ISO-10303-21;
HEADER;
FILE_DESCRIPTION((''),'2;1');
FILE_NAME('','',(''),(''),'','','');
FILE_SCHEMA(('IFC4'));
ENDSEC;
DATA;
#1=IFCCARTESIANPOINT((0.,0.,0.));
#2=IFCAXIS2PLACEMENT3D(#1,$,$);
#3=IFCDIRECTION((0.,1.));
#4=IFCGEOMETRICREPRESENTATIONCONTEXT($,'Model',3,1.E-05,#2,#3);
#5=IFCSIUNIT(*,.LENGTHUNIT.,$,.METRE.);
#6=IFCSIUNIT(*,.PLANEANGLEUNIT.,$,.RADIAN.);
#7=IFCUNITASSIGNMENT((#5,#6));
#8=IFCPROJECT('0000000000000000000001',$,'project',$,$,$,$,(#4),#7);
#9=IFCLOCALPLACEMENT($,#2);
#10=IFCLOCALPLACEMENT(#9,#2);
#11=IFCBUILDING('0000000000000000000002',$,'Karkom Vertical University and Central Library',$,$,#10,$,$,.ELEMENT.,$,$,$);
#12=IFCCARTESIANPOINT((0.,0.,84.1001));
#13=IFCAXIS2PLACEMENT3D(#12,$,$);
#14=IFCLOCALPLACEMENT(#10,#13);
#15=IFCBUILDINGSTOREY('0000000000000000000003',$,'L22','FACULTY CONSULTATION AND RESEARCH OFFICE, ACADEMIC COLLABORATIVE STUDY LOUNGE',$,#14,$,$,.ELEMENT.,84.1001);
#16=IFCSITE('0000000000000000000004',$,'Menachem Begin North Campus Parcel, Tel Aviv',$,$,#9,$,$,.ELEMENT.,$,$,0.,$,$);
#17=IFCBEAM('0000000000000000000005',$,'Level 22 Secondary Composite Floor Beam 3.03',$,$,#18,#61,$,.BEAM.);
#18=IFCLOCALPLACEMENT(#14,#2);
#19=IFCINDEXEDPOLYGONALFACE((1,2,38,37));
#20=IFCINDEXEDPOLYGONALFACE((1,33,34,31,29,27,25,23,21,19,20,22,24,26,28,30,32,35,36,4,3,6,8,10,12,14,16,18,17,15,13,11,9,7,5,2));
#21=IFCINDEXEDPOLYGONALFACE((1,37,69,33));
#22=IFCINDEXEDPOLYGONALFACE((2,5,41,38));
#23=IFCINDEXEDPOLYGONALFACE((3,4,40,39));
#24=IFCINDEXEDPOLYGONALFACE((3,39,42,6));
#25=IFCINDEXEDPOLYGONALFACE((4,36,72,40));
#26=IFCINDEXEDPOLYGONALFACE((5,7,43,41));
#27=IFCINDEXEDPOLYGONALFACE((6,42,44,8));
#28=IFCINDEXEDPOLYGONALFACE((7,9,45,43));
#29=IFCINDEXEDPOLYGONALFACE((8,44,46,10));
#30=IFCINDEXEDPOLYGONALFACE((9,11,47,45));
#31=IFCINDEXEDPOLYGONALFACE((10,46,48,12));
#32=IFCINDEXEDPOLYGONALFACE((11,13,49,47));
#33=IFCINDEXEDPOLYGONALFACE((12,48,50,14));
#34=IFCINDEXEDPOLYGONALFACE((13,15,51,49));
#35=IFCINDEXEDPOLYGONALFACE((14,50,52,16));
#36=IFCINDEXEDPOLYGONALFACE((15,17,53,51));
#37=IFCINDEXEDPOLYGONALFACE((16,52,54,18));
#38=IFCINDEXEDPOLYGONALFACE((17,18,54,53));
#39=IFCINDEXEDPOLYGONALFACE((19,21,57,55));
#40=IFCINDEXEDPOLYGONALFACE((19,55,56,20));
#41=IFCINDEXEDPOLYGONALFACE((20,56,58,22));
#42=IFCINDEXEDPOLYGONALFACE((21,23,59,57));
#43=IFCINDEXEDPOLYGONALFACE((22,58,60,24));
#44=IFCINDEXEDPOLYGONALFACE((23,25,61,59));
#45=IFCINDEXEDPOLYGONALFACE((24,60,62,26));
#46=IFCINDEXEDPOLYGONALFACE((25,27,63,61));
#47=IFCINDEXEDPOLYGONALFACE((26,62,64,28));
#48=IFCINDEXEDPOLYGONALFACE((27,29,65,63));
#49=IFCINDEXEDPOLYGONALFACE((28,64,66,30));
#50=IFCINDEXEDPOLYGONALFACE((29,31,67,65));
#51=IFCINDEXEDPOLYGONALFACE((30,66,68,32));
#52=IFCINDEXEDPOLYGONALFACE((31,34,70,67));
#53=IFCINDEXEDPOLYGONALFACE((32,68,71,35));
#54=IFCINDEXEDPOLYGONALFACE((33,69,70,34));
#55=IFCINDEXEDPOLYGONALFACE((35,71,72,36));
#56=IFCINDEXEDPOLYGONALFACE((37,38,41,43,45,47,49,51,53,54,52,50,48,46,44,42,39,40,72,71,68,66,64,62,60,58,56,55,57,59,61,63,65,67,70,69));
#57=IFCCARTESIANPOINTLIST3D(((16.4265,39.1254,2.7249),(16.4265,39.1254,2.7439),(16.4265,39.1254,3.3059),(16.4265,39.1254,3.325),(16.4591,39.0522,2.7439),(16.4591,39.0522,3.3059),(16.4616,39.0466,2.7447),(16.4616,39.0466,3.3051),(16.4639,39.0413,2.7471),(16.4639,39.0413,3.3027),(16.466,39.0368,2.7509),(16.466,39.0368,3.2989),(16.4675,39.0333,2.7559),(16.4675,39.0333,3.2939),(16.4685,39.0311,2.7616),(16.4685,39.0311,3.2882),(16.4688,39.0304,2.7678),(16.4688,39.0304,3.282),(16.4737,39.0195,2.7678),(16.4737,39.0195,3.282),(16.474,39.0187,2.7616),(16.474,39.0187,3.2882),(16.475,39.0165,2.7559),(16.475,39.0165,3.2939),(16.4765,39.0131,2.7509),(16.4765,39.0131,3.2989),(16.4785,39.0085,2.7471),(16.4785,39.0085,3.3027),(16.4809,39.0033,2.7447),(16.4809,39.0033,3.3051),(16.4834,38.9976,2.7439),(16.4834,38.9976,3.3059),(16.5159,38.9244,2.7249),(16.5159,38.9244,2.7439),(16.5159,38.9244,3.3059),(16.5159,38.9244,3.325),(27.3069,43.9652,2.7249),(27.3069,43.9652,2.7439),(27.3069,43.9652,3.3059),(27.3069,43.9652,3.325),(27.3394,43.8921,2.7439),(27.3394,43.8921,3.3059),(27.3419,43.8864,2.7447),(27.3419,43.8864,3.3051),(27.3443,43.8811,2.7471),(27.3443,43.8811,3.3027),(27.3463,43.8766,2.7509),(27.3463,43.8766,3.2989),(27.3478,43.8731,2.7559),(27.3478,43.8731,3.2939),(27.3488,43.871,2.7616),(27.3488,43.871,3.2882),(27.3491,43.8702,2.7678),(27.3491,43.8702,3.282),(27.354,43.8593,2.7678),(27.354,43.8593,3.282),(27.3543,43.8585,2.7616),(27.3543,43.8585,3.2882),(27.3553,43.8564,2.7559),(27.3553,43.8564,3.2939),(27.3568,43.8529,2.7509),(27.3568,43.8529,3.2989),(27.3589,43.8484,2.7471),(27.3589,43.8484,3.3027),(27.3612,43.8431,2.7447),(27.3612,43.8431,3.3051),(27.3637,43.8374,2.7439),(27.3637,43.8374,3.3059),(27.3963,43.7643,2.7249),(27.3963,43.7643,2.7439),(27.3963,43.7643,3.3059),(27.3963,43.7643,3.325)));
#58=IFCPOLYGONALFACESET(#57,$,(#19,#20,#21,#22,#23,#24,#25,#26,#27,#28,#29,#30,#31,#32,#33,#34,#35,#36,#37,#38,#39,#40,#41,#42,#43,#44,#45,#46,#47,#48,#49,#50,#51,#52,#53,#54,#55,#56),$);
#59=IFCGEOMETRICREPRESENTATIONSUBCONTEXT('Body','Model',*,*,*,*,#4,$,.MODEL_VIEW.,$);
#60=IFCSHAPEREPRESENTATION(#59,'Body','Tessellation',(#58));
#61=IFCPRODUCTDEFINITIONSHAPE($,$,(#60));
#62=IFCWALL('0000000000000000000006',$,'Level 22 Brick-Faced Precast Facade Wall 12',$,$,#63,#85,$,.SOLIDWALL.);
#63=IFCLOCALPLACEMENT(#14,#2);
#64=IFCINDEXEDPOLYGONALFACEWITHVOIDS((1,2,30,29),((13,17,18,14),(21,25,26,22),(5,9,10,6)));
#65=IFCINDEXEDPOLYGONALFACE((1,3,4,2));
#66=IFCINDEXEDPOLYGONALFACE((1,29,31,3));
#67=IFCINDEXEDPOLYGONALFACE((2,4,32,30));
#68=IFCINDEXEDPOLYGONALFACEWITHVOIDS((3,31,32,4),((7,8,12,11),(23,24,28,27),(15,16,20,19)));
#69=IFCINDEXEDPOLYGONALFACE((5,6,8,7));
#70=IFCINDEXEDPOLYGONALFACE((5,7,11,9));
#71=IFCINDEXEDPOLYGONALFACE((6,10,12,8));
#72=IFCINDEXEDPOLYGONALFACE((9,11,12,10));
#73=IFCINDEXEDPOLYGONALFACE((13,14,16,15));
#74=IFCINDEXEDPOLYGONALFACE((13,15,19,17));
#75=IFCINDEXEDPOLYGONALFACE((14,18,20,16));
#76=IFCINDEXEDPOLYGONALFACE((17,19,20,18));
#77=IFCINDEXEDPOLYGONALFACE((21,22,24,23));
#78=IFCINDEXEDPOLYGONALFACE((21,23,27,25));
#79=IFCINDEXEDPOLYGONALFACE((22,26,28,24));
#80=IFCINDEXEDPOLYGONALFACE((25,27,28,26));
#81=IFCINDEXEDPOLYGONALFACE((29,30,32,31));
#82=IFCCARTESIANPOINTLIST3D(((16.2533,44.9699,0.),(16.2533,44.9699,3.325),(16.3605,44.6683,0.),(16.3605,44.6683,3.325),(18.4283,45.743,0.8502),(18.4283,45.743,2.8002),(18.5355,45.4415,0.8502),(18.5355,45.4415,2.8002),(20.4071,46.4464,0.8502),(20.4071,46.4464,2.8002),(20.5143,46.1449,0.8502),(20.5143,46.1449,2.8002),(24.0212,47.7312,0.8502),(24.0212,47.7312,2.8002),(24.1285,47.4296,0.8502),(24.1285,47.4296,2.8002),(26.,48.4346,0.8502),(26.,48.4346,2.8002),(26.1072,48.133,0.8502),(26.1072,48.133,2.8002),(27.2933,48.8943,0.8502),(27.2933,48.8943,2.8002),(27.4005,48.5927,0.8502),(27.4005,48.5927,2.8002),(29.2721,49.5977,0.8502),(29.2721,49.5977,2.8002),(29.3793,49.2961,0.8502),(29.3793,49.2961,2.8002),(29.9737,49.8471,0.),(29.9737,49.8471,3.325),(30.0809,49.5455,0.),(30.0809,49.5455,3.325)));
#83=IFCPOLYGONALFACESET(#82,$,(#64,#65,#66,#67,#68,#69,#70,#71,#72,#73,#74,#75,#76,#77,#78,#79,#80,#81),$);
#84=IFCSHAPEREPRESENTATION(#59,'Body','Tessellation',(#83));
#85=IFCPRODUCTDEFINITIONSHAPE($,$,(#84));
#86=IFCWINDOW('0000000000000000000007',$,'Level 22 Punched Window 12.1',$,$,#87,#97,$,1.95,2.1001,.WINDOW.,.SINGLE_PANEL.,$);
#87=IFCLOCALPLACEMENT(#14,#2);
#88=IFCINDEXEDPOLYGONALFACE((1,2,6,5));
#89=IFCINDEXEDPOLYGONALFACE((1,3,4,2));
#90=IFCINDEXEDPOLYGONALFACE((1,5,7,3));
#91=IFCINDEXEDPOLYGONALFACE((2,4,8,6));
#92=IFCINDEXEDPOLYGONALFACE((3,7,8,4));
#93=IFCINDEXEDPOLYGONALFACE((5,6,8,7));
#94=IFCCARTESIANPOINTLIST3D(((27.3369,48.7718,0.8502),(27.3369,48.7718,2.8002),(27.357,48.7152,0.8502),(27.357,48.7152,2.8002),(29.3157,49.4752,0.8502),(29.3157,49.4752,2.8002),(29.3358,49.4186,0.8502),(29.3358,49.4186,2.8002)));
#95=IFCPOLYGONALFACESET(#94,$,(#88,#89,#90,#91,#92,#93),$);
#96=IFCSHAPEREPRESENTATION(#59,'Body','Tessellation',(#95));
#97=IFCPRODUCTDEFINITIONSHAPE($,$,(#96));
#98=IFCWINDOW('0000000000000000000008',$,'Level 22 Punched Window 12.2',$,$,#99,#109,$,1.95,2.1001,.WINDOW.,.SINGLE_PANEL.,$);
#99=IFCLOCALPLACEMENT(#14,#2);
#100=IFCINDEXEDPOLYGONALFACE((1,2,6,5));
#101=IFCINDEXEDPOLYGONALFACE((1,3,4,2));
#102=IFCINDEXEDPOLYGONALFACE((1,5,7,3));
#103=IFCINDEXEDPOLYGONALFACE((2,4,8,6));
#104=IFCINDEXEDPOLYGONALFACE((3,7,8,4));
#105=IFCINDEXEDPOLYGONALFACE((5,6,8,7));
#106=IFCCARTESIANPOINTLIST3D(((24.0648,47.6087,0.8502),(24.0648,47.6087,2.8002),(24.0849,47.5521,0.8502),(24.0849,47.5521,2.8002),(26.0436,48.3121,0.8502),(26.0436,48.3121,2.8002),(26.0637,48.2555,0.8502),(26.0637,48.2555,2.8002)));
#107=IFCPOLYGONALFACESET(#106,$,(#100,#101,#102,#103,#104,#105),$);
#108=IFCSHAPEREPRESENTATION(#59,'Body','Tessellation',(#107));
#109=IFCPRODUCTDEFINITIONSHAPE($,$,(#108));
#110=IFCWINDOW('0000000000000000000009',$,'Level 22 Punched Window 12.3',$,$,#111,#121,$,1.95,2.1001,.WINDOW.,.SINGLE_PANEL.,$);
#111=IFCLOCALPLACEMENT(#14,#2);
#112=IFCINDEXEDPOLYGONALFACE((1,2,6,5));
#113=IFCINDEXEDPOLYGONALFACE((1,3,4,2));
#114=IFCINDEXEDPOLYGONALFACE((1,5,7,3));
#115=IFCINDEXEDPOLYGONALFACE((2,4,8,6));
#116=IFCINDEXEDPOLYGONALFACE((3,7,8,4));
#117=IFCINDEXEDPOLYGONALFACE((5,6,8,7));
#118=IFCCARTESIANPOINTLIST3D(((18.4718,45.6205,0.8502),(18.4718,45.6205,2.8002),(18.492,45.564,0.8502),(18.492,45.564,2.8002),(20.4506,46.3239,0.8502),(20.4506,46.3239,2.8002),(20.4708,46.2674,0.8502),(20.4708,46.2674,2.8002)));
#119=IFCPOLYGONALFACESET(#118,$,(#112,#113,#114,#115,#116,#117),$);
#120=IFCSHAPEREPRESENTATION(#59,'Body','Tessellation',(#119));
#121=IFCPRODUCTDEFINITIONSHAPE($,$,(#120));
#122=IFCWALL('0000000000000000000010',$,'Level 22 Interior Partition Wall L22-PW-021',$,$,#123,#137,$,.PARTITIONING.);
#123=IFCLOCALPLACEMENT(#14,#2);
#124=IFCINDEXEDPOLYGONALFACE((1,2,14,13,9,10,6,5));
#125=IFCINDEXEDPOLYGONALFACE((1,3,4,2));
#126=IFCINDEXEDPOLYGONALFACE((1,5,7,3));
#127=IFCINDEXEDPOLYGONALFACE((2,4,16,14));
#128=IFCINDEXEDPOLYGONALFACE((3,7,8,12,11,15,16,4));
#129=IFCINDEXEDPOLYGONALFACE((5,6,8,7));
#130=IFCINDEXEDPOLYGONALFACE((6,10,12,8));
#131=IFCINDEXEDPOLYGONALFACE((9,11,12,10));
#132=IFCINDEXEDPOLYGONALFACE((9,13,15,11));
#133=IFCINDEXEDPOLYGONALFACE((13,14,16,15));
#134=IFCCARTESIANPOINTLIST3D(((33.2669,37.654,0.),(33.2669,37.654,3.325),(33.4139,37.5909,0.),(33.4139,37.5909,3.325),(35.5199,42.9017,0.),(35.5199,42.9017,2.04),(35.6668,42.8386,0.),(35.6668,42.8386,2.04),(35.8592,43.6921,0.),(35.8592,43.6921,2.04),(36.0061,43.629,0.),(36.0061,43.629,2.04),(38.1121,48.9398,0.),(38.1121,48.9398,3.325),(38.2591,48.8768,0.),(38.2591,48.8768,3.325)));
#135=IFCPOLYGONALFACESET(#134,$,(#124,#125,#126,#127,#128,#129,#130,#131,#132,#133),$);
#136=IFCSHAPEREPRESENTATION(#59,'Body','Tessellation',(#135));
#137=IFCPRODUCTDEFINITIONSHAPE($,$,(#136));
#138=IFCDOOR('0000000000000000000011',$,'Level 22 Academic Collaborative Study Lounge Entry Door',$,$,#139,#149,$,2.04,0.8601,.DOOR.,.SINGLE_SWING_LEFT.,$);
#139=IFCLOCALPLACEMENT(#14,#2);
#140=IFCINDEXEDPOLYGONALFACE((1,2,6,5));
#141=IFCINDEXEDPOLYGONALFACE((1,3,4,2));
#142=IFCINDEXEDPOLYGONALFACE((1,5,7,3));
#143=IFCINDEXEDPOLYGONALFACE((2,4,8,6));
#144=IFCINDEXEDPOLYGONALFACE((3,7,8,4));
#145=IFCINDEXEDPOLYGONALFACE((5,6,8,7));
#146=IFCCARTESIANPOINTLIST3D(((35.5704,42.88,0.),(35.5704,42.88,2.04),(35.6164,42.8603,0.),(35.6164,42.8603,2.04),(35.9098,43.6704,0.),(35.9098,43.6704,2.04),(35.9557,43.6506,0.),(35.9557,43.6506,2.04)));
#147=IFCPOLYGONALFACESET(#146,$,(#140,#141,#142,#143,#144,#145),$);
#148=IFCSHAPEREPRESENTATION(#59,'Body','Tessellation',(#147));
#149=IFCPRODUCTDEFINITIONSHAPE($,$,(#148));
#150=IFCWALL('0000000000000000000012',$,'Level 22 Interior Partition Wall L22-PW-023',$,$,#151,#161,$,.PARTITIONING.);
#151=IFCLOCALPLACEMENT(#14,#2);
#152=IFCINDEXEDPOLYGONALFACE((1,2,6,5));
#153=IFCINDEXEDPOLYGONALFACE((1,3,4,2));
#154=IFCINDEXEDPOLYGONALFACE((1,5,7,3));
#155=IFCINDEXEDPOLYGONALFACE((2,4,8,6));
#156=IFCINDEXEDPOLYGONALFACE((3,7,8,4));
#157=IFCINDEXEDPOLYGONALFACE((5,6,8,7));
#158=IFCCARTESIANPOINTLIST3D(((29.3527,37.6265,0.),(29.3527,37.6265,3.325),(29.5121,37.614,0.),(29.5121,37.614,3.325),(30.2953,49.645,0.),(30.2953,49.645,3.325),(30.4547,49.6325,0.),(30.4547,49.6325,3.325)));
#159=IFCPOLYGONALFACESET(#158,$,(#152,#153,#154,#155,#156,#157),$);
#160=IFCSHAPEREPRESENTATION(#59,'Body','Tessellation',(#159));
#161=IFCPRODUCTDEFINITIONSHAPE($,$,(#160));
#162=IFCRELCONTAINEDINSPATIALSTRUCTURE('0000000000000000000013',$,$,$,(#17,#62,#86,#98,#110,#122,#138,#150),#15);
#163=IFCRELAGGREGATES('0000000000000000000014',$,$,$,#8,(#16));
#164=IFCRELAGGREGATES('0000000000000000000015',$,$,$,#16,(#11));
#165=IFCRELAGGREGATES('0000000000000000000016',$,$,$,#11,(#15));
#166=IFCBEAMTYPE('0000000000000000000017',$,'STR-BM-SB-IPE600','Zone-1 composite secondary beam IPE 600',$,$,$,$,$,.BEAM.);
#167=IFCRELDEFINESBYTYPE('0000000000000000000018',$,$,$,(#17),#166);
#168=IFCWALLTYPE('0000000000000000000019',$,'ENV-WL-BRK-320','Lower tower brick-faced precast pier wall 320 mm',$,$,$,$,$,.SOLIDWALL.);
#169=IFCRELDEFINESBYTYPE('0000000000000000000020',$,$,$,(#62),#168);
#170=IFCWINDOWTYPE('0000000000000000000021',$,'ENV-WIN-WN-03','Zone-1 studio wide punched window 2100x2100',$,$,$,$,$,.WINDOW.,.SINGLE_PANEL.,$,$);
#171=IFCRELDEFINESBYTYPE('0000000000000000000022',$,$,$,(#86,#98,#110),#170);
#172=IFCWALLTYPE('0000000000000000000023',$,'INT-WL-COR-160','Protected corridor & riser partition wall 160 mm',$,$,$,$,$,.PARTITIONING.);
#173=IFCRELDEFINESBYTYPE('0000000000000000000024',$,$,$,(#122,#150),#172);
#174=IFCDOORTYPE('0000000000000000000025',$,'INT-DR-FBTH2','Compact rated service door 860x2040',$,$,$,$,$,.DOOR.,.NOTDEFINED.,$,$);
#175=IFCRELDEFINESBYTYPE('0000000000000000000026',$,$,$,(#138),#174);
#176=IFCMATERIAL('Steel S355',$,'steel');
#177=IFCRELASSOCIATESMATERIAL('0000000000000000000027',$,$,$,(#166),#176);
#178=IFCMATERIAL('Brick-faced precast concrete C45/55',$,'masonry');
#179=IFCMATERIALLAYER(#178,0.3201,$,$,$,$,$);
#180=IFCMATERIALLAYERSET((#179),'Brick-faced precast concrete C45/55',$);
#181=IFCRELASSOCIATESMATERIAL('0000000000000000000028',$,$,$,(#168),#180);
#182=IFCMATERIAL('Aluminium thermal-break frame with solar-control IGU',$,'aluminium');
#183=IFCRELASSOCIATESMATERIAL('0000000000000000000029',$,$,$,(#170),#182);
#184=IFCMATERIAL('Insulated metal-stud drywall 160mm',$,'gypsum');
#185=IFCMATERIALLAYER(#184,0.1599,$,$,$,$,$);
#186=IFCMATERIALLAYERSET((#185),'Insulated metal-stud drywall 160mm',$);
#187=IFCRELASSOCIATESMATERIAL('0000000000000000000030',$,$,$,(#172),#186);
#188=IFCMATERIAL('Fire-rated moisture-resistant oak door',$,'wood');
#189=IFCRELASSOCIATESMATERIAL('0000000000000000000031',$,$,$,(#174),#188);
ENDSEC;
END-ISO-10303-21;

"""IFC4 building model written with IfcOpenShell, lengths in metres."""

from ifc_helpers import new_model, si_unit, direction, frame, frame_2d, origin, origin_with_axes, origin_2d, place, context, subcontext, project, spatial, rectangle, i_section, extrude, source, transform, mapped, material, layer, layer_set, material_profile, profile_set, type_object, element, fill, save


model = new_model("IFC4")

# Units and contexts
model_context = context("Model", 3, precision=1e-05, world=origin(), true_north=direction((0.0, 1.0)))
body_context = subcontext(model_context, "Body", "Model", "MODEL_VIEW")
ifc_project = project(units=[si_unit("LENGTHUNIT", "METRE"), si_unit("PLANEANGLEUNIT", "RADIAN")], contexts=[model_context])

# Site, building, storey
site_placement = place(None, origin())
site = spatial("IfcSite", under=ifc_project, at=site_placement, Name="Menachem Begin North Campus Parcel, Tel Aviv", CompositionType="ELEMENT", RefElevation=0.0)
building_placement = place(site_placement, origin())
building = spatial("IfcBuilding", under=site, at=building_placement, Name="Karkom Vertical University and Central Library", CompositionType="ELEMENT")
storey_placement = place(building_placement, frame((0.0, 0.0, 84.1001)))
storey = spatial("IfcBuildingStorey", under=building, at=storey_placement, Name="L22", Description="FACULTY CONSULTATION AND RESEARCH OFFICE, ACADEMIC COLLABORATIVE STUDY LOUNGE", CompositionType="ELEMENT", Elevation=84.1001)

# Beam
ifc_material_1 = material(Name="Steel S355", Category="steel")
ifc_material_profile_1 = material_profile(ifc_material_1, i_section(OverallWidth=0.22, OverallDepth=0.6001, WebThickness=0.012, FlangeThickness=0.019, FilletRadius=0.0239, at=origin_2d()), Name="IPE 600")
ifc_profile_set_1 = profile_set([ifc_material_profile_1], Name="Steel S355")
beam_type_1 = type_object("IfcBeamType", Name="STR-BM-SB-IPE600", Description="Zone-1 composite secondary beam IPE 600", PredefinedType="BEAM", material=ifc_profile_set_1)
shared_shape_1 = source(origin_with_axes(), body_context, "Body", "SweptSolid", [
    extrude(i_section(OverallWidth=0.22, OverallDepth=0.6001, WebThickness=0.012, FlangeThickness=0.019, FilletRadius=0.0239, at=origin_2d()), origin(), (0.0, 0.0, 1.0), 11.9082),
])
beam_1_placement = place(storey_placement, frame((27.3516, 43.8647, 3.0249), z_axis=(-0.913683, -0.406428, 0.0), x_axis=(0.406428, -0.913683, 0.0)))
element("IfcBeam", 1, at=beam_1_placement, inside=storey, type_object=beam_type_1, Name="Level 22 Secondary Composite Floor Beam 3.03", PredefinedType="BEAM", context=body_context, shape_type="MappedRepresentation", body=[
    mapped(shared_shape_1, transform((0.0, 0.0, 0.0), scale=1.0)),
])

# Wall, openings, windows
ifc_material_2 = material(Name="Brick-faced precast concrete C45/55", Category="masonry")
ifc_layer_1 = layer(ifc_material_2, 0.3201)
ifc_layer_set_1 = layer_set([ifc_layer_1], Name="Brick-faced precast concrete C45/55")
wall_type_1 = type_object("IfcWallType", Name="ENV-WL-BRK-320", Description="Lower tower brick-faced precast pier wall 320 mm", PredefinedType="SOLIDWALL", material=ifc_layer_set_1)
wall_1_placement = place(storey_placement, frame((30.0273, 49.6963, 0.0), z_axis=(0.0, 0.0, 1.0), x_axis=(-0.94224, -0.334937, 0.0)))
wall_1 = element("IfcWall", 2, at=wall_1_placement, inside=storey, type_object=wall_type_1, Name="Level 22 Brick-Faced Precast Facade Wall 12", PredefinedType="SOLIDWALL", context=body_context, shape_type="SweptSolid", body=[
    extrude(rectangle(XDim=14.5615, YDim=0.3201, at=frame_2d((7.2808, 0.0))), origin(), (0.0, 0.0, 1.0), 3.325),
])
opening_1_placement = place(wall_1_placement, frame((0.7446, 0.0, 0.8501)))
opening_1 = element("IfcOpeningElement", 3, at=opening_1_placement, cuts=wall_1, PredefinedType="OPENING", context=body_context, shape_type="SweptSolid", body=[
    extrude(rectangle(XDim=2.1001, YDim=1.95, at=frame_2d((1.05, 0.9751))), frame((0.0, 0.1699, 0.0), z_axis=(0.0, -1.0, 0.0), x_axis=(1.0, 0.0, 0.0)), (0.0, 0.0, 1.0), 0.3401),
])
opening_2_placement = place(wall_1_placement, frame((4.2173, 0.0, 0.8501)))
opening_2 = element("IfcOpeningElement", 4, at=opening_2_placement, cuts=wall_1, PredefinedType="OPENING", context=body_context, shape_type="SweptSolid", body=[
    extrude(rectangle(XDim=2.1001, YDim=1.95, at=frame_2d((1.05, 0.9751))), frame((0.0, 0.1699, 0.0), z_axis=(0.0, -1.0, 0.0), x_axis=(1.0, 0.0, 0.0)), (0.0, 0.0, 1.0), 0.3401),
])
opening_3_placement = place(wall_1_placement, frame((10.1531, 0.0, 0.8501)))
opening_3 = element("IfcOpeningElement", 5, at=opening_3_placement, cuts=wall_1, PredefinedType="OPENING", context=body_context, shape_type="SweptSolid", body=[
    extrude(rectangle(XDim=2.1001, YDim=1.95, at=frame_2d((1.05, 0.9751))), frame((0.0, 0.1699, 0.0), z_axis=(0.0, -1.0, 0.0), x_axis=(1.0, 0.0, 0.0)), (0.0, 0.0, 1.0), 0.3401),
])
ifc_material_3 = material(Name="Aluminium thermal-break frame with solar-control IGU", Category="aluminium")
window_type = type_object("IfcWindowType", Name="ENV-WIN-WN-03", Description="Zone-1 studio wide punched window 2100x2100", PartitioningType="SINGLE_PANEL", PredefinedType="WINDOW", material=ifc_material_3)
shared_shape_2 = source(origin_with_axes(), body_context, "Body", "SweptSolid", [
    extrude(rectangle(XDim=2.1001, YDim=1.95, at=frame_2d((1.05, 0.9751))), frame((0.0, 0.03, 0.0), z_axis=(0.0, -1.0, 0.0), x_axis=(1.0, 0.0, 0.0)), (0.0, 0.0, 1.0), 0.0601),
])
window_1_placement = place(opening_1_placement, origin())
window_1 = element("IfcWindow", 6, at=window_1_placement, inside=storey, type_object=window_type, Name="Level 22 Punched Window 12.1", OverallHeight=1.95, OverallWidth=2.1001, PartitioningType="SINGLE_PANEL", PredefinedType="WINDOW", context=body_context, shape_type="MappedRepresentation", body=[
    mapped(shared_shape_2, transform((0.0, 0.0, 0.0), scale=1.0)),
])
fill(opening_1, window_1)
window_2_placement = place(opening_2_placement, origin())
window_2 = element("IfcWindow", 7, at=window_2_placement, inside=storey, type_object=window_type, Name="Level 22 Punched Window 12.2", OverallHeight=1.95, OverallWidth=2.1001, PartitioningType="SINGLE_PANEL", PredefinedType="WINDOW", context=body_context, shape_type="MappedRepresentation", body=[
    mapped(shared_shape_2, transform((0.0, 0.0, 0.0), scale=1.0)),
])
fill(opening_2, window_2)
window_3_placement = place(opening_3_placement, origin())
window_3 = element("IfcWindow", 8, at=window_3_placement, inside=storey, type_object=window_type, Name="Level 22 Punched Window 12.3", OverallHeight=1.95, OverallWidth=2.1001, PartitioningType="SINGLE_PANEL", PredefinedType="WINDOW", context=body_context, shape_type="MappedRepresentation", body=[
    mapped(shared_shape_2, transform((0.0, 0.0, 0.0), scale=1.0)),
])
fill(opening_3, window_3)

# Wall, opening, door
ifc_material_4 = material(Name="Insulated metal-stud drywall 160mm", Category="gypsum")
ifc_layer_2 = layer(ifc_material_4, 0.1599)
ifc_layer_set_2 = layer_set([ifc_layer_2], Name="Insulated metal-stud drywall 160mm")
wall_type_2 = type_object("IfcWallType", Name="INT-WL-COR-160", Description="Protected corridor & riser partition wall 160 mm", PredefinedType="PARTITIONING", material=ifc_layer_set_2)
wall_2_placement = place(storey_placement, frame((33.3403, 37.6223, 0.0), z_axis=(0.0, 0.0, 1.0), x_axis=(0.394497, 0.918897, 0.0)))
wall_2 = element("IfcWall", 9, at=wall_2_placement, inside=storey, type_object=wall_type_2, Name="Level 22 Interior Partition Wall L22-PW-021", PredefinedType="PARTITIONING", context=body_context, shape_type="SweptSolid", body=[
    extrude(rectangle(XDim=12.282, YDim=0.1599, at=frame_2d((6.1411, 0.0))), origin(), (0.0, 0.0, 1.0), 3.325),
])
opening_4_placement = place(wall_2_placement, frame((5.7109, 0.0, 0.0)))
opening_4 = element("IfcOpeningElement", 10, at=opening_4_placement, cuts=wall_2, PredefinedType="OPENING", context=body_context, shape_type="SweptSolid", body=[
    extrude(rectangle(XDim=0.8601, YDim=2.04, at=frame_2d((0.4302, 1.02))), frame((0.0, 0.0898, 0.0), z_axis=(0.0, -1.0, 0.0), x_axis=(1.0, 0.0, 0.0)), (0.0, 0.0, 1.0), 0.1799),
])
ifc_material_5 = material(Name="Fire-rated moisture-resistant oak door", Category="wood")
door_type_1 = type_object("IfcDoorType", Name="INT-DR-FBTH2", Description="Compact rated service door 860x2040", OperationType="NOTDEFINED", PredefinedType="DOOR", material=ifc_material_5)
shared_shape_3 = source(origin_with_axes(), body_context, "Body", "SweptSolid", [
    extrude(rectangle(XDim=0.8601, YDim=2.04, at=frame_2d((0.4302, 1.02))), frame((0.0, 0.0249, 0.0), z_axis=(0.0, -1.0, 0.0), x_axis=(1.0, 0.0, 0.0)), (0.0, 0.0, 1.0), 0.05),
])
door_1_placement = place(opening_4_placement, origin())
door_1 = element("IfcDoor", 11, at=door_1_placement, inside=storey, type_object=door_type_1, Name="Level 22 Academic Collaborative Study Lounge Entry Door", OperationType="SINGLE_SWING_LEFT", OverallHeight=2.04, OverallWidth=0.8601, PredefinedType="DOOR", context=body_context, shape_type="MappedRepresentation", body=[
    mapped(shared_shape_3, transform((0.0, 0.0, 0.0), scale=1.0)),
])
fill(opening_4, door_1)

# Wall
wall_3_placement = place(storey_placement, frame((29.4324, 37.6201, 0.0), z_axis=(0.0, 0.0, 1.0), x_axis=(0.078191, 0.996938, 0.0)))
element("IfcWall", 12, at=wall_3_placement, inside=storey, type_object=wall_type_2, Name="Level 22 Interior Partition Wall L22-PW-023", PredefinedType="PARTITIONING", context=body_context, shape_type="SweptSolid", body=[
    extrude(rectangle(XDim=12.0554, YDim=0.1599, at=frame_2d((6.0278, 0.0))), origin(), (0.0, 0.0, 1.0), 3.325),
])

save(model, "model.ifc")
